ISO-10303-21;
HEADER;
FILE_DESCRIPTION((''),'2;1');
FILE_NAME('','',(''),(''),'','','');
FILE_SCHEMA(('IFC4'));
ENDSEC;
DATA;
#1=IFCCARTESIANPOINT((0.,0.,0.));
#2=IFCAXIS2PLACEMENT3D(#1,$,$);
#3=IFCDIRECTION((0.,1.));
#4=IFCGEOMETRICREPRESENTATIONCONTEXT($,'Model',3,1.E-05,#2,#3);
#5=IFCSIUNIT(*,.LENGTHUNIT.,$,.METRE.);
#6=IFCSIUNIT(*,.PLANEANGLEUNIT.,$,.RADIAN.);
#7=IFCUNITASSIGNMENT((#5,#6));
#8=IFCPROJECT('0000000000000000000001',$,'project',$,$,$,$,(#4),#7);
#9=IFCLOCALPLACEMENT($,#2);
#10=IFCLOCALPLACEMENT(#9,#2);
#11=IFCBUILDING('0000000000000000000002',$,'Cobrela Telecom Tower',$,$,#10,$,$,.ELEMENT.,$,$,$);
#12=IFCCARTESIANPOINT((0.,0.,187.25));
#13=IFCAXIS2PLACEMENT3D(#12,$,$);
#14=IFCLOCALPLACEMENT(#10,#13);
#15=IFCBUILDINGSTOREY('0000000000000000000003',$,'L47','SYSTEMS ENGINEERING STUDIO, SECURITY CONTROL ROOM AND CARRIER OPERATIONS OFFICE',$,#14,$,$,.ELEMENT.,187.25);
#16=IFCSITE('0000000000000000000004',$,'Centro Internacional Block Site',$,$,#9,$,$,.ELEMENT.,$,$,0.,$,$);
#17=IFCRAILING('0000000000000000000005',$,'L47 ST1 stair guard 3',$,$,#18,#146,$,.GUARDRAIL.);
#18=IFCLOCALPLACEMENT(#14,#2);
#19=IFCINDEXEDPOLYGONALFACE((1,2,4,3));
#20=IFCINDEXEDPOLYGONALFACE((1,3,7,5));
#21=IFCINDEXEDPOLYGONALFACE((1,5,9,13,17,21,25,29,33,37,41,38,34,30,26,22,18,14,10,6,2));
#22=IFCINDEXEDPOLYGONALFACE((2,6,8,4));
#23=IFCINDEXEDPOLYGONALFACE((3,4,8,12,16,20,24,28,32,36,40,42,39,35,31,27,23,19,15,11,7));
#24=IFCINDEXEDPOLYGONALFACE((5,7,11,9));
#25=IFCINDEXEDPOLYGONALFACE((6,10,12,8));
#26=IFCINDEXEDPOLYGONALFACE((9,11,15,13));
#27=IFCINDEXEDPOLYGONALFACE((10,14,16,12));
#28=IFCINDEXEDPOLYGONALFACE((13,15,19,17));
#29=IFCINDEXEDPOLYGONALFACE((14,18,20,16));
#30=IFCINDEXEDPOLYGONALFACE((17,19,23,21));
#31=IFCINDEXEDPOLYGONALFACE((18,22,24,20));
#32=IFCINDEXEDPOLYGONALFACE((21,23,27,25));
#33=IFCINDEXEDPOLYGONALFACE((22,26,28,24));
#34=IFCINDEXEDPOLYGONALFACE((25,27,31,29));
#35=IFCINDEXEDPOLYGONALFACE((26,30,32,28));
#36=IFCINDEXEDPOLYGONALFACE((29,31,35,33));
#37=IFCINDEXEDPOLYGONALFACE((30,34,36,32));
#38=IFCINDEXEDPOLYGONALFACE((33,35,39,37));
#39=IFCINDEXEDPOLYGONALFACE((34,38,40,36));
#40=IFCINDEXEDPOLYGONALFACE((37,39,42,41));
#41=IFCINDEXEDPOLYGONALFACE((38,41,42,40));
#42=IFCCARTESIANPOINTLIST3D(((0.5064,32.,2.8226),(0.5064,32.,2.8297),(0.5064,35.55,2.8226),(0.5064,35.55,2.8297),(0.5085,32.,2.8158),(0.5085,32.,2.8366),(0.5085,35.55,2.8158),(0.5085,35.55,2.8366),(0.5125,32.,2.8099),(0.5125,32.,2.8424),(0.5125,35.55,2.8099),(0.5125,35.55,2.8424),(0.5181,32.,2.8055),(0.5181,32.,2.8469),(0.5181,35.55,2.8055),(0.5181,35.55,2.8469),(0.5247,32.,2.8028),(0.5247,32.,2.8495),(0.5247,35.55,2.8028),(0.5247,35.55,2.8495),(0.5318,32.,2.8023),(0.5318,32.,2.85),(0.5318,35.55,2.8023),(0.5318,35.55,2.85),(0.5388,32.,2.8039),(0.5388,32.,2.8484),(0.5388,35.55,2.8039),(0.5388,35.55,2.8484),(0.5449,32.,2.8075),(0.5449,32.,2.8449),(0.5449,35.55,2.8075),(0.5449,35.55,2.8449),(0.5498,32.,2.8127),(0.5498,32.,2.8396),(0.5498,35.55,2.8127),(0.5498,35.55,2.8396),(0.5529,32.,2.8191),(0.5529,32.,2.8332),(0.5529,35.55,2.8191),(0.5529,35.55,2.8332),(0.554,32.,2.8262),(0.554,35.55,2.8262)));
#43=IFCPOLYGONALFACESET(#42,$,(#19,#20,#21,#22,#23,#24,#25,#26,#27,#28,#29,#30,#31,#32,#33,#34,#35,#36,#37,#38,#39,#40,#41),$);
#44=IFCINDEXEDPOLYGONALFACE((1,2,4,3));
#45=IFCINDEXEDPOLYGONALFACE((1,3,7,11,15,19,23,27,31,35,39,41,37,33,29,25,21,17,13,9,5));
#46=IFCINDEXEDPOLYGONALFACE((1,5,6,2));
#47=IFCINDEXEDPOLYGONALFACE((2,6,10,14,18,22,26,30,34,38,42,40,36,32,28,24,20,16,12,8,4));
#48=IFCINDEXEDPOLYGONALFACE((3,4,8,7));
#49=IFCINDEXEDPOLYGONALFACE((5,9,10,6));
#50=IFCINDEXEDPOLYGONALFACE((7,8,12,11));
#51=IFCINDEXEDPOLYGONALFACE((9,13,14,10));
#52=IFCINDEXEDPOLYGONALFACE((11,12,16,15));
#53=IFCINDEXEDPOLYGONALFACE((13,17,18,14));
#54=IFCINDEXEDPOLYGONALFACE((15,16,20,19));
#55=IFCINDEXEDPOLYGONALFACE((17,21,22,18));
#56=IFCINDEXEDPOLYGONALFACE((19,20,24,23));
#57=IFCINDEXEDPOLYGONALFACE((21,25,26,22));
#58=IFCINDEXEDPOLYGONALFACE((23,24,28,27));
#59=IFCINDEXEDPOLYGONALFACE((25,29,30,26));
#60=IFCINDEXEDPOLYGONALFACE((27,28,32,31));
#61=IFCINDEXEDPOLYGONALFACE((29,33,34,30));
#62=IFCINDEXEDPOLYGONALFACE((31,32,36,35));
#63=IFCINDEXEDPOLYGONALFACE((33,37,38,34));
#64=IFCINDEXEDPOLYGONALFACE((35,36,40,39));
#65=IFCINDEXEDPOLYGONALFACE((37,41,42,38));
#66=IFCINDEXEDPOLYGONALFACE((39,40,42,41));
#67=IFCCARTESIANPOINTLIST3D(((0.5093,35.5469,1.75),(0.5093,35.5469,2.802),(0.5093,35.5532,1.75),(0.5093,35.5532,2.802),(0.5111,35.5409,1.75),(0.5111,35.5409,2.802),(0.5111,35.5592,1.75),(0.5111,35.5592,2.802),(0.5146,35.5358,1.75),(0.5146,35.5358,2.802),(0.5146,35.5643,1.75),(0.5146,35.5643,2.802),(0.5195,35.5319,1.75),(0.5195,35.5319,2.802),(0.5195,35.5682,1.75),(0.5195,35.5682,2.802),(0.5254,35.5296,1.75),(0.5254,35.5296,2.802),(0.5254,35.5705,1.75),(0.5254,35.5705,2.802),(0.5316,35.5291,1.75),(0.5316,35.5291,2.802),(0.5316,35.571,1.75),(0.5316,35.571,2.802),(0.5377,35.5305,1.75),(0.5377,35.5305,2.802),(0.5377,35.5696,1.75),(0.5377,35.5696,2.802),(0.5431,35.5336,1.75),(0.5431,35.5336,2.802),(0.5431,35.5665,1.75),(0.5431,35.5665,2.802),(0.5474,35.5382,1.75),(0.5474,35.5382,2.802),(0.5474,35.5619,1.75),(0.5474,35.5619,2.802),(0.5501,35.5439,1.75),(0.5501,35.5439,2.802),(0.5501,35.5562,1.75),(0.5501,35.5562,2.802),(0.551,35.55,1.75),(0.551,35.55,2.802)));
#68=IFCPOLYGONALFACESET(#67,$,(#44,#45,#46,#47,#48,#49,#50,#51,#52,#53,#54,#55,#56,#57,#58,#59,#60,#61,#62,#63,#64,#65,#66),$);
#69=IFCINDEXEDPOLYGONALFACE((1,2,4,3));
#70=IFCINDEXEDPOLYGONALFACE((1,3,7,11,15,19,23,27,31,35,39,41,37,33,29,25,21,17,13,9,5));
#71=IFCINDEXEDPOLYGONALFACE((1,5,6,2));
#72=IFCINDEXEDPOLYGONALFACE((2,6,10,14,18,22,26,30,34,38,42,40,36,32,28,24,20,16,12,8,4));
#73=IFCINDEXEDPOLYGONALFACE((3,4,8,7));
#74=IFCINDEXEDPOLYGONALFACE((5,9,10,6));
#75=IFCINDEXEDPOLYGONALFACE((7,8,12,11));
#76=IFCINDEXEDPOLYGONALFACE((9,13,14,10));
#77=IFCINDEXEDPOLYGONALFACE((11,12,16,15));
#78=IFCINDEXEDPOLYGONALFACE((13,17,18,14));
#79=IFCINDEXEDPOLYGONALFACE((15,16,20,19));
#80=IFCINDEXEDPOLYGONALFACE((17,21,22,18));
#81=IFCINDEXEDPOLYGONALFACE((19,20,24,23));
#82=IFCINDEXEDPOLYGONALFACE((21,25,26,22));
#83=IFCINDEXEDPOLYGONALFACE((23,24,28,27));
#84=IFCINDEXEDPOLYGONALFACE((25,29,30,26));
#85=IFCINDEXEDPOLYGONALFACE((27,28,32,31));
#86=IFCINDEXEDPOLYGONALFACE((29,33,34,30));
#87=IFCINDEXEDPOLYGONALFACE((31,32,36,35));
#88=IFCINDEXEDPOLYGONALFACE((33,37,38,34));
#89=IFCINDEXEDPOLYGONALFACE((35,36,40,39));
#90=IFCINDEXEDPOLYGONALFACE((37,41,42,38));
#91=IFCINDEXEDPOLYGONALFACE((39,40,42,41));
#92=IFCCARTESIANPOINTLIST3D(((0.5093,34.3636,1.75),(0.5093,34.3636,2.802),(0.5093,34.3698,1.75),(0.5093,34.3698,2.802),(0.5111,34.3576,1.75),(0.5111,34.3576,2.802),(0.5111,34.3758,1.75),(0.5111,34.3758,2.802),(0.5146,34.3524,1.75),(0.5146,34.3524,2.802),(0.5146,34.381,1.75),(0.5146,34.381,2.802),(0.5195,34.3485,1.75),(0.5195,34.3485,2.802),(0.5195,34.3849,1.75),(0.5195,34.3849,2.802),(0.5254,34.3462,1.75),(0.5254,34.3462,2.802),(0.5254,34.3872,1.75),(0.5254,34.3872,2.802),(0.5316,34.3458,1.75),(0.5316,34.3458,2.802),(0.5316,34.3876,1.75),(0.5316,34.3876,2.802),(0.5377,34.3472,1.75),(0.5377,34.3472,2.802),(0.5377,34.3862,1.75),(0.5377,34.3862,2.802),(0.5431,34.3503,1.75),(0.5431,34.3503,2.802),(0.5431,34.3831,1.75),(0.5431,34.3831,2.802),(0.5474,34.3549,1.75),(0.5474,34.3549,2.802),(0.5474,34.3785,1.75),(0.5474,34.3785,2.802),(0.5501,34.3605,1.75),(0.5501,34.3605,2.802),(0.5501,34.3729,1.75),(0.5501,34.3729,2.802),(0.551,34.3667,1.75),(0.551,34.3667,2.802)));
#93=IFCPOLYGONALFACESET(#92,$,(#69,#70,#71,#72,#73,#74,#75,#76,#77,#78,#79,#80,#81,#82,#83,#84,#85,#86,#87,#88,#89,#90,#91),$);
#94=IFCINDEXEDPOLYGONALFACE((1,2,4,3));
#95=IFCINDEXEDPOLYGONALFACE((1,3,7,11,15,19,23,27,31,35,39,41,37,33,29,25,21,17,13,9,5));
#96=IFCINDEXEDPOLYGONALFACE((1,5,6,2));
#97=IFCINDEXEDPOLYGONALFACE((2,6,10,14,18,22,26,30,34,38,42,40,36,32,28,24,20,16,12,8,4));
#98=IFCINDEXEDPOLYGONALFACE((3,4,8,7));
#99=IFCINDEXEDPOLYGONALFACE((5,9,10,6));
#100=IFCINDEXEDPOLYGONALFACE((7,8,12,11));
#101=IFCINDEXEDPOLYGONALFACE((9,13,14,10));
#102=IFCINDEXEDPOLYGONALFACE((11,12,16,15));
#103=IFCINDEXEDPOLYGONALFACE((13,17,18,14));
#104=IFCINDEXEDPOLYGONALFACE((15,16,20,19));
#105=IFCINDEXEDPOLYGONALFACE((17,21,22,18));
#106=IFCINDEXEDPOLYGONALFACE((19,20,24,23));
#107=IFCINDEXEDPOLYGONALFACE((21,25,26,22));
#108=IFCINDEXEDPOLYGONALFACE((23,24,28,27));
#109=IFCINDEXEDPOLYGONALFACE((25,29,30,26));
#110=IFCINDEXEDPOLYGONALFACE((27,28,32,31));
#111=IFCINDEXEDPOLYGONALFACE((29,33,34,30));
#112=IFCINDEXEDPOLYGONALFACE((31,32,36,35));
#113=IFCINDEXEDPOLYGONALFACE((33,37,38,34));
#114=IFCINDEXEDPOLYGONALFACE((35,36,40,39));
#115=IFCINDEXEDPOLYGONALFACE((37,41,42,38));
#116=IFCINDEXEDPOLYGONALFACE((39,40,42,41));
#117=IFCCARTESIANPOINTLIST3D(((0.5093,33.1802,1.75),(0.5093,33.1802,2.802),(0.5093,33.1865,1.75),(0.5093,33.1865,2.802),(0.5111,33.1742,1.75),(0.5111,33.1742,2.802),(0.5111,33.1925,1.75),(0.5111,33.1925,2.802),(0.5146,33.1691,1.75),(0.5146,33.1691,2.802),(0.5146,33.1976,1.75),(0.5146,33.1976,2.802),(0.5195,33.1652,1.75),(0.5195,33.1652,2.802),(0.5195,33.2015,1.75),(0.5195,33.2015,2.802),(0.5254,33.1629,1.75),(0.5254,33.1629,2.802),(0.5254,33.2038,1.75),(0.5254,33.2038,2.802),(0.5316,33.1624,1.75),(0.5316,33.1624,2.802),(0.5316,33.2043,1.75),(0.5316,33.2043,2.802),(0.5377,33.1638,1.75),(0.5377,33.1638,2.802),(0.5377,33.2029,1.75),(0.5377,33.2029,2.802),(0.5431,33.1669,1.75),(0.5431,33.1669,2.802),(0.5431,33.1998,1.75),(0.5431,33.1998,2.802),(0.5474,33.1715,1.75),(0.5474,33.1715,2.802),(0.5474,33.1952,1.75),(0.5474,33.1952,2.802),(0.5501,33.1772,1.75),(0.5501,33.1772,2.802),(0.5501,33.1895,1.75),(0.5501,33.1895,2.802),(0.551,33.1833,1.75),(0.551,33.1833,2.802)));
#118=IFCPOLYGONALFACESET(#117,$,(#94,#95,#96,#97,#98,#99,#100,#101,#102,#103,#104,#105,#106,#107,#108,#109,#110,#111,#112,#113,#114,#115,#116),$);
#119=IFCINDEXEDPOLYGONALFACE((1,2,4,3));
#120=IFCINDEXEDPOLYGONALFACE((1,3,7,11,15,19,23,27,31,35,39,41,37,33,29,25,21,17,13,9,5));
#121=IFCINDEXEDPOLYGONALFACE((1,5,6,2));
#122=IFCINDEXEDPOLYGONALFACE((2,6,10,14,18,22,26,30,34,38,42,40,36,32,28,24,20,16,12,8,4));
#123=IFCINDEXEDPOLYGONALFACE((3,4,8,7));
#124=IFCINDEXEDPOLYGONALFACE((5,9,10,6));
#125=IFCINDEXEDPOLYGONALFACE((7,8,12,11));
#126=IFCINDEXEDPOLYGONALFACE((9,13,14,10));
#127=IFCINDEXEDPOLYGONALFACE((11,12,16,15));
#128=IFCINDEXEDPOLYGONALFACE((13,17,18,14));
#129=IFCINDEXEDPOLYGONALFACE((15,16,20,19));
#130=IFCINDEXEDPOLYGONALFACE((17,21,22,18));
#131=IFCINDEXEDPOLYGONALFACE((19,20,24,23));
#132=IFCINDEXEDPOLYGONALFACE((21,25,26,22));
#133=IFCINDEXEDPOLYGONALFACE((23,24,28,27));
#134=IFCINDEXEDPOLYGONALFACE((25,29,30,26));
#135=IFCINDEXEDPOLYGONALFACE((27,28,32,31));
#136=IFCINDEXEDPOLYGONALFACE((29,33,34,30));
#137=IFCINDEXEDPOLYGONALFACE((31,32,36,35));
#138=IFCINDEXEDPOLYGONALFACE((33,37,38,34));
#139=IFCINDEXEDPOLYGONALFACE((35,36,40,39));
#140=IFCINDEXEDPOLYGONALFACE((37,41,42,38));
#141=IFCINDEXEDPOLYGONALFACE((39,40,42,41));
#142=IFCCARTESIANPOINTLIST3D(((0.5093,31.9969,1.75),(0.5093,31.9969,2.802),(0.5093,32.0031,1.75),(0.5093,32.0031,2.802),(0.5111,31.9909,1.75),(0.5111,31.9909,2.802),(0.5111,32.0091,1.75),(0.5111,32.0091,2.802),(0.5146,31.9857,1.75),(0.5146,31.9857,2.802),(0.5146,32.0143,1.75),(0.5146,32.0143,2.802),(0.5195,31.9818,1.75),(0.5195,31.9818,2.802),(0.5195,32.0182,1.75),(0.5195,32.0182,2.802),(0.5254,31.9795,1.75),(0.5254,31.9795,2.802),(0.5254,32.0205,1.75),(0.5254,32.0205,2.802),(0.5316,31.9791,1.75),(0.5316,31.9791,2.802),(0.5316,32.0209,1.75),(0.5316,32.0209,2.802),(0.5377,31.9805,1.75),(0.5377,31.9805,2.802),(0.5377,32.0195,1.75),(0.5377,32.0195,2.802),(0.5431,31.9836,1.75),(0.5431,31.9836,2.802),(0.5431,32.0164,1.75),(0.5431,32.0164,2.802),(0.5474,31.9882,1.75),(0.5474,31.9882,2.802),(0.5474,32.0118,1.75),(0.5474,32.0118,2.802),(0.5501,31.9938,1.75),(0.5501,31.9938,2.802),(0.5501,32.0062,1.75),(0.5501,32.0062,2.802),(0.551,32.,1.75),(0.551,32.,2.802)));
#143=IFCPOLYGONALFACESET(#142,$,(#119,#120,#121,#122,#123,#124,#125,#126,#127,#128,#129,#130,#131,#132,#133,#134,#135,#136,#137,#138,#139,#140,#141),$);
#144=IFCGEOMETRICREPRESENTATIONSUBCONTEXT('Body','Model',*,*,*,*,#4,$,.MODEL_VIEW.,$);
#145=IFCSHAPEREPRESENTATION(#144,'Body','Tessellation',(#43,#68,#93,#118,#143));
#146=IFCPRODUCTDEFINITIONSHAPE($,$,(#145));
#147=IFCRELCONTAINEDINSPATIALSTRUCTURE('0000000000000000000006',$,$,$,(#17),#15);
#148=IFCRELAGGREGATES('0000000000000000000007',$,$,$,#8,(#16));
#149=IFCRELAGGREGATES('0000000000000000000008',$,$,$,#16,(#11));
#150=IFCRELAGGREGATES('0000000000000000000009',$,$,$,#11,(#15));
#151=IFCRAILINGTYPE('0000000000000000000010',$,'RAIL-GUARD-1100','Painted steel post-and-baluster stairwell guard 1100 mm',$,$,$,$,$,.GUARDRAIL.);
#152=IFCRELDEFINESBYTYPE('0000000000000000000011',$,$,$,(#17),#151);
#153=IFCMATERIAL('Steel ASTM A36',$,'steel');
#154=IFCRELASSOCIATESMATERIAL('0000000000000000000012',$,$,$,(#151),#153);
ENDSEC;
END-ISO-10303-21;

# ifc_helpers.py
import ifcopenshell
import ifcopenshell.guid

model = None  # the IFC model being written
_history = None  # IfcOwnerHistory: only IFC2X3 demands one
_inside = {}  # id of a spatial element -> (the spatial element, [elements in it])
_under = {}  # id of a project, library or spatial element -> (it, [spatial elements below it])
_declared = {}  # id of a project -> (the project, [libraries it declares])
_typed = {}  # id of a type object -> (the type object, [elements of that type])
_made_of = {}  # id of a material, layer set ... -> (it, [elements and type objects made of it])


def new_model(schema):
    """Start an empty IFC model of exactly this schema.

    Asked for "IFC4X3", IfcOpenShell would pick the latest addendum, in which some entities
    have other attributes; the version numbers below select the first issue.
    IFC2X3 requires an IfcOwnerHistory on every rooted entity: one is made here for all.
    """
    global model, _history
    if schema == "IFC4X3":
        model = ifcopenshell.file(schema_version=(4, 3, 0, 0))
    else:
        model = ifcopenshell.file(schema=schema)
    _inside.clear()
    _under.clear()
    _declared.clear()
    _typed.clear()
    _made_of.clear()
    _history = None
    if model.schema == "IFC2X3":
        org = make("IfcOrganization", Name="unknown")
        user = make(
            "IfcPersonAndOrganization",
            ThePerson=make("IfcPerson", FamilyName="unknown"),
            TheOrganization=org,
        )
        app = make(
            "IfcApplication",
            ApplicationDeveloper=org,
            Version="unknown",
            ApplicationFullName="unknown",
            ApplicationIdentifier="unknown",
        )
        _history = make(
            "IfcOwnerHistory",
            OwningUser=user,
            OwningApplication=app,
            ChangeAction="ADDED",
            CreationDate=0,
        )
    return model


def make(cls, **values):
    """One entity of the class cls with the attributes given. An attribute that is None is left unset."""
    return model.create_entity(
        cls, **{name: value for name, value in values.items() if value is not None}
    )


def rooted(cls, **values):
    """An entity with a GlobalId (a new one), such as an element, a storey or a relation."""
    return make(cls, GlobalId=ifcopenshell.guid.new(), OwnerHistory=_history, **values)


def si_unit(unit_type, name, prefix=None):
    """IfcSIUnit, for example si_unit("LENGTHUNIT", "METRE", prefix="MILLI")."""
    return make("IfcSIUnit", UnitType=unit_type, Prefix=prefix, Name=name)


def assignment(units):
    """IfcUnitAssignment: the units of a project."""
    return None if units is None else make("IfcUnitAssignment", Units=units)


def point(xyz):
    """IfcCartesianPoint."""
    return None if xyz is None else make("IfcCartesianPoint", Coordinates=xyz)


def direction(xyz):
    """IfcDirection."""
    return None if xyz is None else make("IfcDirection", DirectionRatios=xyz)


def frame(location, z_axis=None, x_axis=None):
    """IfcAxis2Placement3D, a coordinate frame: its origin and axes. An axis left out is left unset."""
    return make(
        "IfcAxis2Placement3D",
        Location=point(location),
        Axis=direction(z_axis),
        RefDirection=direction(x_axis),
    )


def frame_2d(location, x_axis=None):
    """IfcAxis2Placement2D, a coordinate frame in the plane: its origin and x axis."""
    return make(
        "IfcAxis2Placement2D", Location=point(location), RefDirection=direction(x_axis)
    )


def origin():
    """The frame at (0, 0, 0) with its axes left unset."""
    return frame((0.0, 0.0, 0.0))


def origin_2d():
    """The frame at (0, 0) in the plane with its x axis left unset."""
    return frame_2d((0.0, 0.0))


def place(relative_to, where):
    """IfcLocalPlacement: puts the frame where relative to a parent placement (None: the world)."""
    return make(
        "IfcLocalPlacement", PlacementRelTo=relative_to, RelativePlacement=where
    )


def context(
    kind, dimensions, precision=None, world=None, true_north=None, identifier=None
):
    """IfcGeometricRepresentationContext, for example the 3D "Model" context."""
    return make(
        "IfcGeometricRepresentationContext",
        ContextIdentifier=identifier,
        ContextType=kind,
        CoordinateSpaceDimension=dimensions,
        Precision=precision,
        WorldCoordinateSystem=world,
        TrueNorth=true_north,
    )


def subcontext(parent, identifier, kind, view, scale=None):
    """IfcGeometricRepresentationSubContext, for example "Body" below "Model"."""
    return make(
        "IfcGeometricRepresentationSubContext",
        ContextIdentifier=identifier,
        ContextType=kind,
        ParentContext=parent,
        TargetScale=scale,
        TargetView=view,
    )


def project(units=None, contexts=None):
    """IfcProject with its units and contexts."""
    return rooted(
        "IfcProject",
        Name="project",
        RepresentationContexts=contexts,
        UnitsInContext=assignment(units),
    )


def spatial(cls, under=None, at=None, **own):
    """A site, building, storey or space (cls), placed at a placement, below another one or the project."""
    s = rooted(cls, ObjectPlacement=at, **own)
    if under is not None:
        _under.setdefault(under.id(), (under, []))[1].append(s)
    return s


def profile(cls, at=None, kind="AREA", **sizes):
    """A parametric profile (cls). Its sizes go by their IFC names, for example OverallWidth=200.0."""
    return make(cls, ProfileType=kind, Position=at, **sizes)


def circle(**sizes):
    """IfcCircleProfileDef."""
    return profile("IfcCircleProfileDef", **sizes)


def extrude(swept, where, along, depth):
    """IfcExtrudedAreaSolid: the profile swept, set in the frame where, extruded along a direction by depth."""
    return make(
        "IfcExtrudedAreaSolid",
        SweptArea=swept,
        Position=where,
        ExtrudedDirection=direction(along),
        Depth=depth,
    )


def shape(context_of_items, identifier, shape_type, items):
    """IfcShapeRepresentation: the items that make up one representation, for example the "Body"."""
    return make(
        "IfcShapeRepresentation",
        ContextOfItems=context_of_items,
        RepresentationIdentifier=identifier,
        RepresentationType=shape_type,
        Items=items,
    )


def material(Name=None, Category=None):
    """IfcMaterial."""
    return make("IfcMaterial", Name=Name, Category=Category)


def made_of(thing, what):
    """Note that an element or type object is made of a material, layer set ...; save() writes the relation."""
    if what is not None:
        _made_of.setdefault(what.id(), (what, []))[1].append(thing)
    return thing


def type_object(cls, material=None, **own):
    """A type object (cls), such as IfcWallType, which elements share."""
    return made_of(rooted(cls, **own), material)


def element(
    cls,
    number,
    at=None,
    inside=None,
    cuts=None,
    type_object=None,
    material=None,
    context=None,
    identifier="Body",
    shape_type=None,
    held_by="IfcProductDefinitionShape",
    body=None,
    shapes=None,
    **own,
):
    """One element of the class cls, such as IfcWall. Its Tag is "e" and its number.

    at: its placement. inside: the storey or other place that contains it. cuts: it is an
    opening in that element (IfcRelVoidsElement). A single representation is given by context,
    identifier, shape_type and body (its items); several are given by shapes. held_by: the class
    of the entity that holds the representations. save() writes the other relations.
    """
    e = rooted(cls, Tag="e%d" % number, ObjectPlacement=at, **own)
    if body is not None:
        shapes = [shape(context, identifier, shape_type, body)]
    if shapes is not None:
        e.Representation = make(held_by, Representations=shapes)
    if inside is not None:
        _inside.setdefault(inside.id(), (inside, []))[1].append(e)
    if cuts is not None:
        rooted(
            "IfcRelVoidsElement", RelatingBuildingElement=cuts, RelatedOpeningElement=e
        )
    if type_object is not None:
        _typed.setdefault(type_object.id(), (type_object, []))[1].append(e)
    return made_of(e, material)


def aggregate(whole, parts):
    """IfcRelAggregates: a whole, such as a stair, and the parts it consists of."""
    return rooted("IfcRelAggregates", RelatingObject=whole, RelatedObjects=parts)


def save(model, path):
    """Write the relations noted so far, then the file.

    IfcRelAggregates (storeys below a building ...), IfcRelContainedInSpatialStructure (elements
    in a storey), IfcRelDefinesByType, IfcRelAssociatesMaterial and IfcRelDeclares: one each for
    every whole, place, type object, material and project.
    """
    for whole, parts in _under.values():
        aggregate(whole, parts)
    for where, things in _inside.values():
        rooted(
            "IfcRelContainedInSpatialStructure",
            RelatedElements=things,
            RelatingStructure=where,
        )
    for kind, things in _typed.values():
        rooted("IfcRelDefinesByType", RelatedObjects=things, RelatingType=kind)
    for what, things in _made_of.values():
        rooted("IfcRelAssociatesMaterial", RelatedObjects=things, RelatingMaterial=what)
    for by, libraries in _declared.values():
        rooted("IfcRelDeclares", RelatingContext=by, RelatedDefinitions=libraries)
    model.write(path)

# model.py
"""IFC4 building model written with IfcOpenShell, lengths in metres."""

from ifc_helpers import new_model, si_unit, direction, frame, origin, origin_2d, place, context, subcontext, project, spatial, circle, extrude, material, type_object, element, save


model = new_model("IFC4")

# Units and contexts
model_context = context("Model", 3, precision=1e-05, world=origin(), true_north=direction((0.0, 1.0)))
body_context = subcontext(model_context, "Body", "Model", "MODEL_VIEW")
ifc_project = project(units=[si_unit("LENGTHUNIT", "METRE"), si_unit("PLANEANGLEUNIT", "RADIAN")], contexts=[model_context])

# Site, building, storey
site_placement = place(None, origin())
site = spatial("IfcSite", under=ifc_project, at=site_placement, Name="Centro Internacional Block Site", CompositionType="ELEMENT", RefElevation=0.0)
building_placement = place(site_placement, origin())
building = spatial("IfcBuilding", under=site, at=building_placement, Name="Cobrela Telecom Tower", CompositionType="ELEMENT")
storey_placement = place(building_placement, frame((0.0, 0.0, 187.25)))
storey = spatial("IfcBuildingStorey", under=building, at=storey_placement, Name="L47", Description="SYSTEMS ENGINEERING STUDIO, SECURITY CONTROL ROOM AND CARRIER OPERATIONS OFFICE", CompositionType="ELEMENT", Elevation=187.25)

# Shared definitions
ifc_material_1 = material(Name="Steel ASTM A36", Category="steel")

# Railing
railing_type_1 = type_object("IfcRailingType", Name="RAIL-GUARD-1100", Description="Painted steel post-and-baluster stairwell guard 1100 mm", PredefinedType="GUARDRAIL", material=ifc_material_1)
railing_1_placement = place(storey_placement, frame((0.53, 35.55, 1.75)))
element("IfcRailing", 1, at=railing_1_placement, inside=storey, type_object=railing_type_1, Name="L47 ST1 stair guard 3", PredefinedType="GUARDRAIL", context=body_context, shape_type="SweptSolid", body=[
    extrude(circle(Radius=0.0239, at=origin_2d()), frame((0.0, 0.0, 1.0762), z_axis=(0.0, -1.0, 0.0), x_axis=(1.0, 0.0, 0.0)), (0.0, 0.0, 1.0), 3.55),
    extrude(circle(Radius=0.021, at=origin_2d()), origin(), (0.0, 0.0, 1.0), 1.052),
    extrude(circle(Radius=0.021, at=origin_2d()), frame((0.0, -1.1833, 0.0)), (0.0, 0.0, 1.0), 1.052),
    extrude(circle(Radius=0.021, at=origin_2d()), frame((0.0, -2.3667, 0.0)), (0.0, 0.0, 1.0), 1.052),
    extrude(circle(Radius=0.021, at=origin_2d()), frame((0.0, -3.55, 0.0)), (0.0, 0.0, 1.0), 1.052),
])

save(model, "model.ifc")
